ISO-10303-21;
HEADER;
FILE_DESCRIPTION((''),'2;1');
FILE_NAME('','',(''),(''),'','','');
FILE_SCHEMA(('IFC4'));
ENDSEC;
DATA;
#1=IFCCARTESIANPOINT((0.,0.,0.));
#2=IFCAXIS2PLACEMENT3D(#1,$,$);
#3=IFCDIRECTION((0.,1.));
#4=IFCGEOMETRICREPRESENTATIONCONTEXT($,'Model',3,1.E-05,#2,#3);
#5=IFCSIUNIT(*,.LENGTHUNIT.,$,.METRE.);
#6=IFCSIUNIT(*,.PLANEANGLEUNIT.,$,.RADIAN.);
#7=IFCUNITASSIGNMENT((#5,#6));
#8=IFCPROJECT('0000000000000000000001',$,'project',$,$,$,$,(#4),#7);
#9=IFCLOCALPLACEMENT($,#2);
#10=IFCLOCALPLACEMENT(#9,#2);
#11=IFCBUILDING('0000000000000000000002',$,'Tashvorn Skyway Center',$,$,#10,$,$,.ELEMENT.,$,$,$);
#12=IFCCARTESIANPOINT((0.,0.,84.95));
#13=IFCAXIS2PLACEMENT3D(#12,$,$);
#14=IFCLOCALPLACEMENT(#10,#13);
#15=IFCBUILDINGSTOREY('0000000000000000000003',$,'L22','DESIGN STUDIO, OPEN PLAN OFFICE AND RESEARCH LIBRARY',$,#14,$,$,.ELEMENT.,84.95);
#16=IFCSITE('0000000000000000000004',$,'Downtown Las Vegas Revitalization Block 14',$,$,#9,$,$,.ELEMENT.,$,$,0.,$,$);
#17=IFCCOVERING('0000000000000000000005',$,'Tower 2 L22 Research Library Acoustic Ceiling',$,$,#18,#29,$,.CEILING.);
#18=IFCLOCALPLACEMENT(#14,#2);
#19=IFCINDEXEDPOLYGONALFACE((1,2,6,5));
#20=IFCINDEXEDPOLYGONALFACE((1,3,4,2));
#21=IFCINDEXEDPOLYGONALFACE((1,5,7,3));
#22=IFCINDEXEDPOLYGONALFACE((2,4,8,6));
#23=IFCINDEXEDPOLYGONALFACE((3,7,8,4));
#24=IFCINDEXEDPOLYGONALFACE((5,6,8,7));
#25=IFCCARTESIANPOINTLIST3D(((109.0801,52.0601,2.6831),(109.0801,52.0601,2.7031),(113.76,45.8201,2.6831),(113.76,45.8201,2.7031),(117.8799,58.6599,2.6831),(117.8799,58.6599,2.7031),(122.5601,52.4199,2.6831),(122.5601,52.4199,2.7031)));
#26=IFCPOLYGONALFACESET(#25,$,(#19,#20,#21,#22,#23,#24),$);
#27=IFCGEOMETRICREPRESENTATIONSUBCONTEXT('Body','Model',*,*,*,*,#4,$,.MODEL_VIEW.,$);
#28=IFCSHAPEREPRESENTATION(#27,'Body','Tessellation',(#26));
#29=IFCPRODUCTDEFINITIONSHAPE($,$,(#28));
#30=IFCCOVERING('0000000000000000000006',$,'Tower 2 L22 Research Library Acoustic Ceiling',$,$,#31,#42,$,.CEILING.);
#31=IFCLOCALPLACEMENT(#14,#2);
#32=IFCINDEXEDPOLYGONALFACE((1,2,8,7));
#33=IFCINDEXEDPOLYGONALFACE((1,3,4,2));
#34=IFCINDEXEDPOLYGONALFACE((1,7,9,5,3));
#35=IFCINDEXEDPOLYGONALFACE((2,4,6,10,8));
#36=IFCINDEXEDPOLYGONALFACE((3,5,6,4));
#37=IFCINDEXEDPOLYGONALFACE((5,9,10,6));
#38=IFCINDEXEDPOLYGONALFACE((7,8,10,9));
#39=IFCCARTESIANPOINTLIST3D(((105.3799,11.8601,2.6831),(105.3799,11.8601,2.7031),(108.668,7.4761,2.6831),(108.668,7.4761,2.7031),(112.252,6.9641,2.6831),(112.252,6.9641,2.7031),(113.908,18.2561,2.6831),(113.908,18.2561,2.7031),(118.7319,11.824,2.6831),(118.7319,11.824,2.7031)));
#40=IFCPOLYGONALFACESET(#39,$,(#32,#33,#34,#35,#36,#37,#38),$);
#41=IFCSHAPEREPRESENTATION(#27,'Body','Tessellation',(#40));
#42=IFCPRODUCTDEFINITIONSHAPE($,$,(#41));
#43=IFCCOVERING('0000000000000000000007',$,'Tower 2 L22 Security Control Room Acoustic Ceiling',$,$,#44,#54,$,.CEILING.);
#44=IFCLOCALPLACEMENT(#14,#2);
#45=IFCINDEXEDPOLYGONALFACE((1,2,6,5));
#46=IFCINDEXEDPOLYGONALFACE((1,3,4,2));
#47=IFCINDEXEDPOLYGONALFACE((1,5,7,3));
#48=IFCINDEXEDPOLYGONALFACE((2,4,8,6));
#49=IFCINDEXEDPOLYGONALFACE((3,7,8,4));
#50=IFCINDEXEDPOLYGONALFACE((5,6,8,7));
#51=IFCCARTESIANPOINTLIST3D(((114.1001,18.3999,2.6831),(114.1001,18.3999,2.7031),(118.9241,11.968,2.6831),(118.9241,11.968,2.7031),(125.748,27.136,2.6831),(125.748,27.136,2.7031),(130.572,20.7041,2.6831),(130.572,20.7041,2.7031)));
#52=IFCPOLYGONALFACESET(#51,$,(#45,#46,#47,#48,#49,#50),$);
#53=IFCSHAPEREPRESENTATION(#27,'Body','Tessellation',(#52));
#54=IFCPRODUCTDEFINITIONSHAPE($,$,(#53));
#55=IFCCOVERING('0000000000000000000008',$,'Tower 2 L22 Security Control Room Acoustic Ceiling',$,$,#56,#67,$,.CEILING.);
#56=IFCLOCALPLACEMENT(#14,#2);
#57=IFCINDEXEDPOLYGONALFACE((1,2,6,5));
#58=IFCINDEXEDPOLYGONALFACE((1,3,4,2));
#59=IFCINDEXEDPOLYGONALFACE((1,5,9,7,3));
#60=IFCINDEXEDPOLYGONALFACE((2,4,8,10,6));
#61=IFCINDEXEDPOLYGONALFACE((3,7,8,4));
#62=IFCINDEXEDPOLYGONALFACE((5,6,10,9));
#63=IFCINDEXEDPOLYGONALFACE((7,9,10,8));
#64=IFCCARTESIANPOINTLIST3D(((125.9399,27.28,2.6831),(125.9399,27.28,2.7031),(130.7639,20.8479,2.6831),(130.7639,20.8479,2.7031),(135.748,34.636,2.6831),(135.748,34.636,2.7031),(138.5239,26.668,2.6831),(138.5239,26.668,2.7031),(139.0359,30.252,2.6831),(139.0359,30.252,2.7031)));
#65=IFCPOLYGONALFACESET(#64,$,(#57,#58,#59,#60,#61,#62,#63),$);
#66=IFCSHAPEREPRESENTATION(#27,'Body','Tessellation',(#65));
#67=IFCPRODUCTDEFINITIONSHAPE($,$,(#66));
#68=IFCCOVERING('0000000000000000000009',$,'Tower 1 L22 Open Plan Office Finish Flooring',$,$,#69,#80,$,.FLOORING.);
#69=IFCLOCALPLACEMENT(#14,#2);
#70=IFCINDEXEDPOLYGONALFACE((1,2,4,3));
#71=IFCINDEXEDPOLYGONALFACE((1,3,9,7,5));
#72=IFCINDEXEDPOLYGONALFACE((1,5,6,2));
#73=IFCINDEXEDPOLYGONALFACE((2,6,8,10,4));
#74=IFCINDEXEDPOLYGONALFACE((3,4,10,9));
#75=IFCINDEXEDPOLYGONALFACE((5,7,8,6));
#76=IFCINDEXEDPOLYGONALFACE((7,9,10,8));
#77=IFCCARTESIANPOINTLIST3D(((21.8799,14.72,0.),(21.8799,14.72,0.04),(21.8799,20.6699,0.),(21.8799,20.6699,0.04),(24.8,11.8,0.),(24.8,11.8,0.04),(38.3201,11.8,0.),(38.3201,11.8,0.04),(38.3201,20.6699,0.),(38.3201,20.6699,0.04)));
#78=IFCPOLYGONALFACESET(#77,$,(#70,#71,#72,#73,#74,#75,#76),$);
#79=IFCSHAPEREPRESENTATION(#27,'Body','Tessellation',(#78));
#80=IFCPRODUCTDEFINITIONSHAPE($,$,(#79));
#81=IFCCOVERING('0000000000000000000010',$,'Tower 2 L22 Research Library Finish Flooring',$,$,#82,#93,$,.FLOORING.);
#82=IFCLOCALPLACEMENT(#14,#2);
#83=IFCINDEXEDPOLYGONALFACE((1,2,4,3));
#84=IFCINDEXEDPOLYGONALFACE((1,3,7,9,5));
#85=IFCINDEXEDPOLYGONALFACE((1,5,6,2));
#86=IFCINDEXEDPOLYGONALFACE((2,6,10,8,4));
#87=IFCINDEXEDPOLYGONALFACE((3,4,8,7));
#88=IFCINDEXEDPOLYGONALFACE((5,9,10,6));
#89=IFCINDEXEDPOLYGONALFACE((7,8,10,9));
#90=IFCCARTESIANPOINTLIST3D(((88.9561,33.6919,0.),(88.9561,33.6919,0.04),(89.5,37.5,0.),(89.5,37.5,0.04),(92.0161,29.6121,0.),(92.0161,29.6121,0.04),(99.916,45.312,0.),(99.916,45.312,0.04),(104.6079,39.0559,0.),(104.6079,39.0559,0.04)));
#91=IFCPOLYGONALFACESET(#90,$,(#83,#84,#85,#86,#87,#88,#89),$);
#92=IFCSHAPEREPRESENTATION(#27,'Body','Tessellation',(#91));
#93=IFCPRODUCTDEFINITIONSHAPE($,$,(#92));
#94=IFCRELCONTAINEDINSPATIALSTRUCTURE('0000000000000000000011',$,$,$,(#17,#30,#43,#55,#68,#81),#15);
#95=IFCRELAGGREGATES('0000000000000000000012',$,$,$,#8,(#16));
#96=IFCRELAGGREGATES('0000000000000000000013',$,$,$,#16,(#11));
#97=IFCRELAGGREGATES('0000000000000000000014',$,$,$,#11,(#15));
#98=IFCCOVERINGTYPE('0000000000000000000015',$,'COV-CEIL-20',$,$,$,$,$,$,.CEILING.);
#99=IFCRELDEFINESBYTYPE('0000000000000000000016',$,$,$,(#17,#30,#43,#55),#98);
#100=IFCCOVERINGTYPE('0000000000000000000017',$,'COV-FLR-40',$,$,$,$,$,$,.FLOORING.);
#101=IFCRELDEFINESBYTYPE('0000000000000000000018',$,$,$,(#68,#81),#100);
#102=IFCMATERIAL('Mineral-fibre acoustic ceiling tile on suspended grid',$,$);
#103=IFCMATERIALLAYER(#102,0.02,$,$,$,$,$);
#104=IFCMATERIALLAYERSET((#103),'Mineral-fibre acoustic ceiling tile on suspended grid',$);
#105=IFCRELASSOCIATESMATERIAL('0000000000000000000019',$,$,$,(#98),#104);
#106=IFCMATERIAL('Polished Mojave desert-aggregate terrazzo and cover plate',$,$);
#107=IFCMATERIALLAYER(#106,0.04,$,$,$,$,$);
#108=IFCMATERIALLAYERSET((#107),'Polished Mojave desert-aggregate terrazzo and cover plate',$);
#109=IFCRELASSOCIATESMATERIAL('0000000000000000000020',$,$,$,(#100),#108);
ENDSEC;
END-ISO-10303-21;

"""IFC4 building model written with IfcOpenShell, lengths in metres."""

from ifc_helpers import new_model, si_unit, direction, frame, origin, place, context, subcontext, project, spatial, polyline, outline, extrude, material, layer, layer_set, type_object, element, save


model = new_model("IFC4")

# Units and contexts
model_context = context("Model", 3, precision=1e-05, world=origin(), true_north=direction((0.0, 1.0)))
body_context = subcontext(model_context, "Body", "Model", "MODEL_VIEW")
ifc_project = project(units=[si_unit("LENGTHUNIT", "METRE"), si_unit("PLANEANGLEUNIT", "RADIAN")], contexts=[model_context])

# Site, building, storey
site_placement = place(None, origin())
site = spatial("IfcSite", under=ifc_project, at=site_placement, Name="Downtown Las Vegas Revitalization Block 14", CompositionType="ELEMENT", RefElevation=0.0)
building_placement = place(site_placement, origin())
building = spatial("IfcBuilding", under=site, at=building_placement, Name="Tashvorn Skyway Center", CompositionType="ELEMENT")
storey_placement = place(building_placement, frame((0.0, 0.0, 84.95)))
storey = spatial("IfcBuildingStorey", under=building, at=storey_placement, Name="L22", Description="DESIGN STUDIO, OPEN PLAN OFFICE AND RESEARCH LIBRARY", CompositionType="ELEMENT", Elevation=84.95)

# Coverings
ifc_material_1 = material(Name="Mineral-fibre acoustic ceiling tile on suspended grid")
ifc_layer_1 = layer(ifc_material_1, 0.02)
ifc_layer_set_1 = layer_set([ifc_layer_1], Name="Mineral-fibre acoustic ceiling tile on suspended grid")
covering_type_1 = type_object("IfcCoveringType", Name="COV-CEIL-20", PredefinedType="CEILING", material=ifc_layer_set_1)
covering_1_placement = place(storey_placement, frame((0.0, 0.0, 2.6831)))
element("IfcCovering", 1, at=covering_1_placement, inside=storey, type_object=covering_type_1, Name="Tower 2 L22 Research Library Acoustic Ceiling", PredefinedType="CEILING", context=body_context, shape_type="SweptSolid", body=[
    extrude(outline(polyline([(113.76, 45.8201), (122.5601, 52.4199), (117.8799, 58.6599), (109.0801, 52.0601), (113.76, 45.8201)])), origin(), (0.0, 0.0, 1.0), 0.02),
])
covering_2_placement = place(storey_placement, frame((0.0, 0.0, 2.6831)))
element("IfcCovering", 2, at=covering_2_placement, inside=storey, type_object=covering_type_1, Name="Tower 2 L22 Research Library Acoustic Ceiling", PredefinedType="CEILING", context=body_context, shape_type="SweptSolid", body=[
    extrude(outline(polyline([(105.3799, 11.8601), (113.908, 18.2561), (118.7319, 11.824), (112.252, 6.9641), (108.668, 7.4761), (105.3799, 11.8601)])), origin(), (0.0, 0.0, 1.0), 0.02),
])
covering_3_placement = place(storey_placement, frame((0.0, 0.0, 2.6831)))
element("IfcCovering", 3, at=covering_3_placement, inside=storey, type_object=covering_type_1, Name="Tower 2 L22 Security Control Room Acoustic Ceiling", PredefinedType="CEILING", context=body_context, shape_type="SweptSolid", body=[
    extrude(outline(polyline([(114.1001, 18.3999), (125.748, 27.136), (130.572, 20.7041), (118.9241, 11.968), (114.1001, 18.3999)])), origin(), (0.0, 0.0, 1.0), 0.02),
])
covering_4_placement = place(storey_placement, frame((0.0, 0.0, 2.6831)))
element("IfcCovering", 4, at=covering_4_placement, inside=storey, type_object=covering_type_1, Name="Tower 2 L22 Security Control Room Acoustic Ceiling", PredefinedType="CEILING", context=body_context, shape_type="SweptSolid", body=[
    extrude(outline(polyline([(130.7639, 20.8479), (125.9399, 27.28), (135.748, 34.636), (139.0359, 30.252), (138.5239, 26.668), (130.7639, 20.8479)])), origin(), (0.0, 0.0, 1.0), 0.02),
])
ifc_material_2 = material(Name="Polished Mojave desert-aggregate terrazzo and cover plate")
ifc_layer_2 = layer(ifc_material_2, 0.04)
ifc_layer_set_2 = layer_set([ifc_layer_2], Name="Polished Mojave desert-aggregate terrazzo and cover plate")
covering_type_2 = type_object("IfcCoveringType", Name="COV-FLR-40", PredefinedType="FLOORING", material=ifc_layer_set_2)
covering_5_placement = place(storey_placement, origin())
element("IfcCovering", 5, at=covering_5_placement, inside=storey, type_object=covering_type_2, Name="Tower 1 L22 Open Plan Office Finish Flooring", PredefinedType="FLOORING", context=body_context, shape_type="SweptSolid", body=[
    extrude(outline(polyline([(24.8, 11.8), (21.8799, 14.72), (21.8799, 20.6699), (38.3201, 20.6699), (38.3201, 11.8), (24.8, 11.8)])), origin(), (0.0, 0.0, 1.0), 0.04),
])
covering_6_placement = place(storey_placement, origin())
element("IfcCovering", 6, at=covering_6_placement, inside=storey, type_object=covering_type_2, Name="Tower 2 L22 Research Library Finish Flooring", PredefinedType="FLOORING", context=body_context, shape_type="SweptSolid", body=[
    extrude(outline(polyline([(104.6079, 39.0559), (92.0161, 29.6121), (88.9561, 33.6919), (89.5, 37.5), (99.916, 45.312), (104.6079, 39.0559)])), origin(), (0.0, 0.0, 1.0), 0.04),
])

save(model, "model.ifc")
